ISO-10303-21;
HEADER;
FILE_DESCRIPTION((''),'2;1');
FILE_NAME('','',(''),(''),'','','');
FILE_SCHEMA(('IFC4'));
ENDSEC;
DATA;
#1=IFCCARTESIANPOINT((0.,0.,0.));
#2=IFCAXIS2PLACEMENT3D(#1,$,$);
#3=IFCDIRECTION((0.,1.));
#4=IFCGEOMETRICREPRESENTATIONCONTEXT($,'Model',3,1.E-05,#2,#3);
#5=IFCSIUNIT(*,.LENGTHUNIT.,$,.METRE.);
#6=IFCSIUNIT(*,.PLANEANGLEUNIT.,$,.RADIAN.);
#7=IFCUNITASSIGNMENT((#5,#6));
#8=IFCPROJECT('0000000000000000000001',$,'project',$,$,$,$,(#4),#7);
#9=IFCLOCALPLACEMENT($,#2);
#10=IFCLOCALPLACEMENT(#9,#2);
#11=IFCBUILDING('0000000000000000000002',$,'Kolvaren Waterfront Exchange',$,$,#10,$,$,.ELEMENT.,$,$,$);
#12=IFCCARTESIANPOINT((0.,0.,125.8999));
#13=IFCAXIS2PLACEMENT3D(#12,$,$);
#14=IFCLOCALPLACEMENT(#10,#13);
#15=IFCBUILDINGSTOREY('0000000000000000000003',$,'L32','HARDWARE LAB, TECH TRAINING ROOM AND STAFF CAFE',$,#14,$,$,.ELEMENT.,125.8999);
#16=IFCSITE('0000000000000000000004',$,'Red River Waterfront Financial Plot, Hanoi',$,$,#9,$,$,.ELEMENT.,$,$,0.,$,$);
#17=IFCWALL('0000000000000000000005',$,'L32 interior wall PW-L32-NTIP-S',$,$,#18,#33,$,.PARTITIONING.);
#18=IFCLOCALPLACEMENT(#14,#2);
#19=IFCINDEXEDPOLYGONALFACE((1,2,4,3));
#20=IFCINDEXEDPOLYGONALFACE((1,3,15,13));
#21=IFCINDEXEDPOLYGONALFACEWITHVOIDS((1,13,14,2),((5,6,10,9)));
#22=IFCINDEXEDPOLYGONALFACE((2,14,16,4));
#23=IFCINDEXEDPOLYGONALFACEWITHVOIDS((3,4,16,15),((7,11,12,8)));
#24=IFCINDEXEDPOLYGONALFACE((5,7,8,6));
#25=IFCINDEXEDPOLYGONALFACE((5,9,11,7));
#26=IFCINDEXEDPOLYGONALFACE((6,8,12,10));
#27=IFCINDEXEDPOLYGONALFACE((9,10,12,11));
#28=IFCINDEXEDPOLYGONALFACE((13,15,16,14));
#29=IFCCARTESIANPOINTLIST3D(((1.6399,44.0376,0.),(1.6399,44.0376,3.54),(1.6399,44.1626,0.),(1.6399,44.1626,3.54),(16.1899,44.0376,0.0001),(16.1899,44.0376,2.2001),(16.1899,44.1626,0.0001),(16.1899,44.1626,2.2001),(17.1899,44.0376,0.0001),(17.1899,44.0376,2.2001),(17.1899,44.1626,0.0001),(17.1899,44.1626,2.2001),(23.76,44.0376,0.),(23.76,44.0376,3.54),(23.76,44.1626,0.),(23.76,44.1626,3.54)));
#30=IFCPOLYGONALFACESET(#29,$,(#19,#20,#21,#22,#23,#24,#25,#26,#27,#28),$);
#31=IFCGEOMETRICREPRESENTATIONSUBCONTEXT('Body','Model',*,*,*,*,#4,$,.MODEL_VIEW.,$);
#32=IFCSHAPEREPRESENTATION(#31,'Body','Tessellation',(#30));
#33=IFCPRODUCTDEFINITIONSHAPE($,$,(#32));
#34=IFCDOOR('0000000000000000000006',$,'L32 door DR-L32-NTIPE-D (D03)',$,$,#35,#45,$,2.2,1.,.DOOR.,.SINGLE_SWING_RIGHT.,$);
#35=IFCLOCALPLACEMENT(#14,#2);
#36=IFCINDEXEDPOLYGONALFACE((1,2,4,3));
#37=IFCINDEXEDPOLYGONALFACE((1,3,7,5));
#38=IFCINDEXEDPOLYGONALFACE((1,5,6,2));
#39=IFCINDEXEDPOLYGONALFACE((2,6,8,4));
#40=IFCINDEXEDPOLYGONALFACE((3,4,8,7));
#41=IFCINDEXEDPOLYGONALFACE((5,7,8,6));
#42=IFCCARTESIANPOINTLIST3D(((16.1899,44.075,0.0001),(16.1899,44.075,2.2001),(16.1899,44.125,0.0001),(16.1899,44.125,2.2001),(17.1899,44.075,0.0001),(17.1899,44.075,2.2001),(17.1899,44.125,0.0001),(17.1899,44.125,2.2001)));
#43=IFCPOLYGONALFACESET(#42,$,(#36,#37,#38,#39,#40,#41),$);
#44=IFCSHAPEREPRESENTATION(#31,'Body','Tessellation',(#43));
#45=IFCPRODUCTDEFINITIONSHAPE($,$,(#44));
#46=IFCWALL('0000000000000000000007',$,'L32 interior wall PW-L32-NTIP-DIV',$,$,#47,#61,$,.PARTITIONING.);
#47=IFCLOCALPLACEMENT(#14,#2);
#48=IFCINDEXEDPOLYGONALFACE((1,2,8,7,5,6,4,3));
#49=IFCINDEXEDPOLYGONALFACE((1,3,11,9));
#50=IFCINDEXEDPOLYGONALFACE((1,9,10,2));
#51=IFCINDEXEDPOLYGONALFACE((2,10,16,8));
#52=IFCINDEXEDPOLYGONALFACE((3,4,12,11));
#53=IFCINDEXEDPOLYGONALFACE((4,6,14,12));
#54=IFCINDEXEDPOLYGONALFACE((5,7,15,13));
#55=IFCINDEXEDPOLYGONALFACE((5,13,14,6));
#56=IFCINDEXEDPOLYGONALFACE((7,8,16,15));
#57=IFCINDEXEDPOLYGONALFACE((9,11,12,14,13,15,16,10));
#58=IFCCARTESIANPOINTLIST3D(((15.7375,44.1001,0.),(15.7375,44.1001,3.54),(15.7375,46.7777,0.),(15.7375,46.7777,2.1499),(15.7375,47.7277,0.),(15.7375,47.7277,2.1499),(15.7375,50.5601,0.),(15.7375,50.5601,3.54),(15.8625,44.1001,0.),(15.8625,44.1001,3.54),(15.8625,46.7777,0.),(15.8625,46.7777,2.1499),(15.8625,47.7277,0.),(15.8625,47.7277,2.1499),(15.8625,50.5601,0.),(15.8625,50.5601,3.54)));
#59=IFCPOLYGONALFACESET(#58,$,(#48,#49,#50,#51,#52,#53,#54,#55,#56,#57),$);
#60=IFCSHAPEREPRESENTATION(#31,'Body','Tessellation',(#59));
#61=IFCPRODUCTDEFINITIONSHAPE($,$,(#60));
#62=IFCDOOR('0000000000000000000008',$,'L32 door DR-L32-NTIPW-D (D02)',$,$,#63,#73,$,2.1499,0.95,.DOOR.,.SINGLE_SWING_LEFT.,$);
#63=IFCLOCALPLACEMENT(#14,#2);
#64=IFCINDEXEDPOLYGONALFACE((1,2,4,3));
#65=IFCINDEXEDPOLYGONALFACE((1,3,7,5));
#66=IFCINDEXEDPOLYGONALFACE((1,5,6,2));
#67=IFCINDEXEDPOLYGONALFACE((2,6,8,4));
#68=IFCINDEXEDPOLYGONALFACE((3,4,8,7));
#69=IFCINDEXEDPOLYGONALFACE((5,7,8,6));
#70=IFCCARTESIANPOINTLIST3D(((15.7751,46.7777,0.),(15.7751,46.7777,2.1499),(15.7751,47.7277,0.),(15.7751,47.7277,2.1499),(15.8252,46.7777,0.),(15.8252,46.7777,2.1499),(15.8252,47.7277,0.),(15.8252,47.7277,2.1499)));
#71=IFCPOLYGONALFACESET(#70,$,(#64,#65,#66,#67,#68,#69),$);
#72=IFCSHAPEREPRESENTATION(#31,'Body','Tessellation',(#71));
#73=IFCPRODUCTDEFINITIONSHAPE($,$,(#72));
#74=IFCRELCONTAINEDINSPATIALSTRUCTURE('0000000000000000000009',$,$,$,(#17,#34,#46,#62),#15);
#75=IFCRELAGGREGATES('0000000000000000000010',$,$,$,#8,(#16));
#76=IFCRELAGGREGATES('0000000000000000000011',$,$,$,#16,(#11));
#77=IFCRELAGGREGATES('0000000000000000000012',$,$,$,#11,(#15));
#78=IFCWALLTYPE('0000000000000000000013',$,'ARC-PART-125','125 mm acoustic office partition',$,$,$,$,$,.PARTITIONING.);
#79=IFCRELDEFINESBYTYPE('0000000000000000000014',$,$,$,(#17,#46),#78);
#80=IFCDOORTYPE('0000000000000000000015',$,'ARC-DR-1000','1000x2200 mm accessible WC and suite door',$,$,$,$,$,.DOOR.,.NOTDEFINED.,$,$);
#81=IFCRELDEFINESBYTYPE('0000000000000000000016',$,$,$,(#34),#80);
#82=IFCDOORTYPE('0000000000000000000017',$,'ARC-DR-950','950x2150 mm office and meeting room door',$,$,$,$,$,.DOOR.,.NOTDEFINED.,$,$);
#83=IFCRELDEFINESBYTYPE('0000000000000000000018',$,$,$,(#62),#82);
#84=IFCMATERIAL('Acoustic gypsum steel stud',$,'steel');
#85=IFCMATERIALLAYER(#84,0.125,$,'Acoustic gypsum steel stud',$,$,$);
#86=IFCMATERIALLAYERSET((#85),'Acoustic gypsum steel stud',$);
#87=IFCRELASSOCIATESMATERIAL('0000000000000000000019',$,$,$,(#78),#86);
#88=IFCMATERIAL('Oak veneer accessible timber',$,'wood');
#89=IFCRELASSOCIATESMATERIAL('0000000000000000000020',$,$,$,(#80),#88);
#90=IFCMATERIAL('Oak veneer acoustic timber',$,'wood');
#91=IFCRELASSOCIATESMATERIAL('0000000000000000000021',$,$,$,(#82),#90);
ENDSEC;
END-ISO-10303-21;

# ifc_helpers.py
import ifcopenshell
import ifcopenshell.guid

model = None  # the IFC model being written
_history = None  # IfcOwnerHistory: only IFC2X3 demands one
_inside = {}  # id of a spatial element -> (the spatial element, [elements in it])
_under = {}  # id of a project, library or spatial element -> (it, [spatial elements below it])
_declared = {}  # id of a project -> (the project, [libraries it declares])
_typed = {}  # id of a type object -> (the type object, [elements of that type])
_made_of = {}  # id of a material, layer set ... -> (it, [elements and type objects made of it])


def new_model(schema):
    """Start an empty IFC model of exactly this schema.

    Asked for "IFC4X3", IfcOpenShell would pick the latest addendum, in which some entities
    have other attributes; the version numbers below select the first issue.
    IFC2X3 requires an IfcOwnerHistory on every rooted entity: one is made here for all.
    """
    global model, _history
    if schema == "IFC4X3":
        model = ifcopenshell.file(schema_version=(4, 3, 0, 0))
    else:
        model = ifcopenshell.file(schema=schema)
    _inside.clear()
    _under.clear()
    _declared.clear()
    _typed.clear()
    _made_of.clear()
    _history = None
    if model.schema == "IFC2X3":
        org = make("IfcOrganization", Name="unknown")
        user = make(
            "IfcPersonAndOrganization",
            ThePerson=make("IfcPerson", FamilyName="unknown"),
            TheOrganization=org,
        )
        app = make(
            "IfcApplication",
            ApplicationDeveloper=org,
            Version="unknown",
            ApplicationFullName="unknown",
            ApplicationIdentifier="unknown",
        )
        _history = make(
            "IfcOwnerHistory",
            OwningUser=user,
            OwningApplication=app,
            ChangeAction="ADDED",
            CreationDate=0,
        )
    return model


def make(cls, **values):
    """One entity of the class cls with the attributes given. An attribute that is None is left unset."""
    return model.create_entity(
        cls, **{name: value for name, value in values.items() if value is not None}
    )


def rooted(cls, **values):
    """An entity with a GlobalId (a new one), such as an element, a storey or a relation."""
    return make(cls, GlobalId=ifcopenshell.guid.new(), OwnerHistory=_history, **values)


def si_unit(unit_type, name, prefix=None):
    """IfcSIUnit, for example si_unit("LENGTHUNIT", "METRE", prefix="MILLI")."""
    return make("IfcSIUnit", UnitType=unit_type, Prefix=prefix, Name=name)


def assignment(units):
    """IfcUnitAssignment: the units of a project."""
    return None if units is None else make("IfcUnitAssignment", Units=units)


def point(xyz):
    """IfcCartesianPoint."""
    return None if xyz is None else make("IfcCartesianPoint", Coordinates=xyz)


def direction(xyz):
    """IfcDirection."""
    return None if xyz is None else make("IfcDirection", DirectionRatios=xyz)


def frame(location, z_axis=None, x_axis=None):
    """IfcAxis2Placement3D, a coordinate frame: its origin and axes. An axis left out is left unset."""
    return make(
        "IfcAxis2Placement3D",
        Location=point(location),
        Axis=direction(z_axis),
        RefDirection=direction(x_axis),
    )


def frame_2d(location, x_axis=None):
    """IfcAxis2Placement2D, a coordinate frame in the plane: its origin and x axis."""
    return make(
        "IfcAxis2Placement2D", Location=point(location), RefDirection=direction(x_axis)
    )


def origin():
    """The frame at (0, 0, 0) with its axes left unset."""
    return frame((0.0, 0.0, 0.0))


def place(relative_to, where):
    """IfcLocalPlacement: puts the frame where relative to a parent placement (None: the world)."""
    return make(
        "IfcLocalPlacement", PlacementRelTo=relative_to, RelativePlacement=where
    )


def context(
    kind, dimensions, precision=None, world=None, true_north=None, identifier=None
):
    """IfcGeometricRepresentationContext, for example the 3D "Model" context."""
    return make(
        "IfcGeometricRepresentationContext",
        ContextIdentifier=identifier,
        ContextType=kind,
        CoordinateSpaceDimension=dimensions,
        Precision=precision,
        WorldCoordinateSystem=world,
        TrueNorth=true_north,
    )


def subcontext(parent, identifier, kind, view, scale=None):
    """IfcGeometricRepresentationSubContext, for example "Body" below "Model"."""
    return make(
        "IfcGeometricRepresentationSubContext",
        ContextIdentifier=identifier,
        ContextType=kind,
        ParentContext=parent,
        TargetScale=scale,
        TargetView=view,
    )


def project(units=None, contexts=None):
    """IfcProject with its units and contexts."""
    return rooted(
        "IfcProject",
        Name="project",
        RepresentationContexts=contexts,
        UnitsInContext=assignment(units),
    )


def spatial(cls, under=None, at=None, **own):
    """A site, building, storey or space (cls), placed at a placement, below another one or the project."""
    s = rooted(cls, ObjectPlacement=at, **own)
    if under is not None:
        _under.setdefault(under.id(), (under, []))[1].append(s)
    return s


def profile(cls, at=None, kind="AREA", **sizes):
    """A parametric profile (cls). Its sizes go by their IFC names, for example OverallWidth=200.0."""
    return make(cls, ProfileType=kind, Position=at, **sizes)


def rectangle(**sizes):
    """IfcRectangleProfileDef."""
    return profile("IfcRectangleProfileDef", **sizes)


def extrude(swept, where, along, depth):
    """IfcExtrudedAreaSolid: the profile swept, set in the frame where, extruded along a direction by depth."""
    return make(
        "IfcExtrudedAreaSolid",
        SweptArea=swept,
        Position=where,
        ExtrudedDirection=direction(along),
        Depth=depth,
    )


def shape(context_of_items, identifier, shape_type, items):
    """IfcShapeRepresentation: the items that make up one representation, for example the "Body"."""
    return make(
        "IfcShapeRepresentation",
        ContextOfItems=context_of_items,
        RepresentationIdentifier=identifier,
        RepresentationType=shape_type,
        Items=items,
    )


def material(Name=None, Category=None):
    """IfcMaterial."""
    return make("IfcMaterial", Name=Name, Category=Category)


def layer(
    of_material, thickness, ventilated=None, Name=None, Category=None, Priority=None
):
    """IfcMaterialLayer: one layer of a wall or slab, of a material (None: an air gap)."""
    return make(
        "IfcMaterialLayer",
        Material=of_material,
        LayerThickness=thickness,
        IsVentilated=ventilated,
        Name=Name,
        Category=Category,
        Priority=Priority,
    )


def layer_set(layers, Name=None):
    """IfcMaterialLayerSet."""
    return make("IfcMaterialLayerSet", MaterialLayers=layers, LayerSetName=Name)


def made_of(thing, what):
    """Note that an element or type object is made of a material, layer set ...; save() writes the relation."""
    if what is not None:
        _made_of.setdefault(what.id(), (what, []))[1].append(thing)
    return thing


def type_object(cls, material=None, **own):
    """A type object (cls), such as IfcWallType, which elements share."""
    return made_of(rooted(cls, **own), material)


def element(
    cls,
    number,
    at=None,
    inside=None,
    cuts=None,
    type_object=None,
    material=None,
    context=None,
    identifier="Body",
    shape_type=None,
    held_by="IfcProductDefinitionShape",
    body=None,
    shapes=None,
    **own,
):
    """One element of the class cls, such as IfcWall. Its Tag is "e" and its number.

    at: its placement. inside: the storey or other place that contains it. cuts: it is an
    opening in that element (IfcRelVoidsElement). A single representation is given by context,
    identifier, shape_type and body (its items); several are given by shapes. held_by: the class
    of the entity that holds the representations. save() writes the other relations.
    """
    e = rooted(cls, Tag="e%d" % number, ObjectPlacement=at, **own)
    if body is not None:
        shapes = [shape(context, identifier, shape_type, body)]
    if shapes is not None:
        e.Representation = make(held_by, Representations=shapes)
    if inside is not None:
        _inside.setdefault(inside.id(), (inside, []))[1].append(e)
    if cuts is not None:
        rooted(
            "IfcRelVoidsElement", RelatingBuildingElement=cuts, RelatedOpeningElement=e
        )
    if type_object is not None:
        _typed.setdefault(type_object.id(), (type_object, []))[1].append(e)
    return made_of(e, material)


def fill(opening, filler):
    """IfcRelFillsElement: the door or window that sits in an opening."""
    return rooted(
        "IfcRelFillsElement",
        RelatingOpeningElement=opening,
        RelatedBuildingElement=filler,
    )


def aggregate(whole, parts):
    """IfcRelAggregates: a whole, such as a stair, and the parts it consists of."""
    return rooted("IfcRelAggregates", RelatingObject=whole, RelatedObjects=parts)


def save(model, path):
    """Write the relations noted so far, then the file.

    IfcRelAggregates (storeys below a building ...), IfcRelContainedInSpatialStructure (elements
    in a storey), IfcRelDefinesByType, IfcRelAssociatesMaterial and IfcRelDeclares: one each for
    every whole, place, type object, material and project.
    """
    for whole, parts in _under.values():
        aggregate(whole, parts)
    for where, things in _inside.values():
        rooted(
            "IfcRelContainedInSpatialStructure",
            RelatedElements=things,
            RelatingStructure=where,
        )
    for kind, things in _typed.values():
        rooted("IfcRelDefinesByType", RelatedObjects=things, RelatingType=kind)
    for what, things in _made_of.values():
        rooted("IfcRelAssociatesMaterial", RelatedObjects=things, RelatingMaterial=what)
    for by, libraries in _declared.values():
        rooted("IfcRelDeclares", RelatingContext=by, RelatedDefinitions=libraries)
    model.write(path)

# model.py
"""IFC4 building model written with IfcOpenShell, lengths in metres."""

from ifc_helpers import new_model, si_unit, direction, frame, frame_2d, origin, place, context, subcontext, project, spatial, rectangle, extrude, material, layer, layer_set, type_object, element, fill, save


model = new_model("IFC4")

# Units and contexts
model_context = context("Model", 3, precision=1e-05, world=origin(), true_north=direction((0.0, 1.0)))
body_context = subcontext(model_context, "Body", "Model", "MODEL_VIEW")
ifc_project = project(units=[si_unit("LENGTHUNIT", "METRE"), si_unit("PLANEANGLEUNIT", "RADIAN")], contexts=[model_context])

# Site, building, storey
site_placement = place(None, origin())
site = spatial("IfcSite", under=ifc_project, at=site_placement, Name="Red River Waterfront Financial Plot, Hanoi", CompositionType="ELEMENT", RefElevation=0.0)
building_placement = place(site_placement, origin())
building = spatial("IfcBuilding", under=site, at=building_placement, Name="Kolvaren Waterfront Exchange", CompositionType="ELEMENT")
storey_placement = place(building_placement, frame((0.0, 0.0, 125.8999)))
storey = spatial("IfcBuildingStorey", under=building, at=storey_placement, Name="L32", Description="HARDWARE LAB, TECH TRAINING ROOM AND STAFF CAFE", CompositionType="ELEMENT", Elevation=125.8999)

# Walls, openings, doors
ifc_material_1 = material(Name="Acoustic gypsum steel stud", Category="steel")
ifc_layer_1 = layer(ifc_material_1, 0.125, Name="Acoustic gypsum steel stud")
ifc_layer_set_1 = layer_set([ifc_layer_1], Name="Acoustic gypsum steel stud")
wall_type_1 = type_object("IfcWallType", Name="ARC-PART-125", Description="125 mm acoustic office partition", PredefinedType="PARTITIONING", material=ifc_layer_set_1)
wall_1_placement = place(storey_placement, frame((1.6399, 44.1001, 0.0), z_axis=(0.0, 0.0, 1.0), x_axis=(1.0, 0.0, 0.0)))
wall_1 = element("IfcWall", 1, at=wall_1_placement, inside=storey, type_object=wall_type_1, Name="L32 interior wall PW-L32-NTIP-S", PredefinedType="PARTITIONING", context=body_context, shape_type="SweptSolid", body=[
    extrude(rectangle(XDim=22.1201, YDim=0.125, at=frame_2d((11.0601, 0.0))), origin(), (0.0, 0.0, 1.0), 3.54),
])
opening_1_placement = place(wall_1_placement, frame((14.55, 0.0, 0.0)))
opening_1 = element("IfcOpeningElement", 2, at=opening_1_placement, cuts=wall_1, PredefinedType="OPENING", context=body_context, shape_type="SweptSolid", body=[
    extrude(rectangle(XDim=1.0, YDim=2.2, at=frame_2d((0.5, 1.1001))), frame((0.0, 0.0725, 0.0), z_axis=(0.0, -1.0, 0.0), x_axis=(1.0, 0.0, 0.0)), (0.0, 0.0, 1.0), 0.145),
])
ifc_material_2 = material(Name="Oak veneer accessible timber", Category="wood")
door_type_1 = type_object("IfcDoorType", Name="ARC-DR-1000", Description="1000x2200 mm accessible WC and suite door", OperationType="NOTDEFINED", PredefinedType="DOOR", material=ifc_material_2)
door_1_placement = place(opening_1_placement, origin())
door_1 = element("IfcDoor", 3, at=door_1_placement, inside=storey, type_object=door_type_1, Name="L32 door DR-L32-NTIPE-D (D03)", OperationType="SINGLE_SWING_RIGHT", OverallHeight=2.2, OverallWidth=1.0, PredefinedType="DOOR", context=body_context, shape_type="SweptSolid", body=[
    extrude(rectangle(XDim=1.0, YDim=2.2, at=frame_2d((0.5, 1.1001))), frame((0.0, 0.0249, 0.0), z_axis=(0.0, -1.0, 0.0), x_axis=(1.0, 0.0, 0.0)), (0.0, 0.0, 1.0), 0.05),
])
fill(opening_1, door_1)
wall_2_placement = place(storey_placement, frame((15.8, 44.1001, 0.0), z_axis=(0.0, 0.0, 1.0), x_axis=(0.0, 1.0, 0.0)))
wall_2 = element("IfcWall", 4, at=wall_2_placement, inside=storey, type_object=wall_type_1, Name="L32 interior wall PW-L32-NTIP-DIV", PredefinedType="PARTITIONING", context=body_context, shape_type="SweptSolid", body=[
    extrude(rectangle(XDim=6.46, YDim=0.125, at=frame_2d((3.23, 0.0))), origin(), (0.0, 0.0, 1.0), 3.54),
])
opening_2_placement = place(wall_2_placement, frame((2.6775, 0.0, 0.0)))
opening_2 = element("IfcOpeningElement", 5, at=opening_2_placement, cuts=wall_2, PredefinedType="OPENING", context=body_context, shape_type="SweptSolid", body=[
    extrude(rectangle(XDim=0.95, YDim=2.1499, at=frame_2d((0.4751, 1.075))), frame((0.0, 0.0725, 0.0), z_axis=(0.0, -1.0, 0.0), x_axis=(1.0, 0.0, 0.0)), (0.0, 0.0, 1.0), 0.145),
])
ifc_material_3 = material(Name="Oak veneer acoustic timber", Category="wood")
door_type_2 = type_object("IfcDoorType", Name="ARC-DR-950", Description="950x2150 mm office and meeting room door", OperationType="NOTDEFINED", PredefinedType="DOOR", material=ifc_material_3)
door_2_placement = place(opening_2_placement, origin())
door_2 = element("IfcDoor", 6, at=door_2_placement, inside=storey, type_object=door_type_2, Name="L32 door DR-L32-NTIPW-D (D02)", OperationType="SINGLE_SWING_LEFT", OverallHeight=2.1499, OverallWidth=0.95, PredefinedType="DOOR", context=body_context, shape_type="SweptSolid", body=[
    extrude(rectangle(XDim=0.95, YDim=2.1499, at=frame_2d((0.4751, 1.075))), frame((0.0, 0.0249, 0.0), z_axis=(0.0, -1.0, 0.0), x_axis=(1.0, 0.0, 0.0)), (0.0, 0.0, 1.0), 0.05),
])
fill(opening_2, door_2)

save(model, "model.ifc")
